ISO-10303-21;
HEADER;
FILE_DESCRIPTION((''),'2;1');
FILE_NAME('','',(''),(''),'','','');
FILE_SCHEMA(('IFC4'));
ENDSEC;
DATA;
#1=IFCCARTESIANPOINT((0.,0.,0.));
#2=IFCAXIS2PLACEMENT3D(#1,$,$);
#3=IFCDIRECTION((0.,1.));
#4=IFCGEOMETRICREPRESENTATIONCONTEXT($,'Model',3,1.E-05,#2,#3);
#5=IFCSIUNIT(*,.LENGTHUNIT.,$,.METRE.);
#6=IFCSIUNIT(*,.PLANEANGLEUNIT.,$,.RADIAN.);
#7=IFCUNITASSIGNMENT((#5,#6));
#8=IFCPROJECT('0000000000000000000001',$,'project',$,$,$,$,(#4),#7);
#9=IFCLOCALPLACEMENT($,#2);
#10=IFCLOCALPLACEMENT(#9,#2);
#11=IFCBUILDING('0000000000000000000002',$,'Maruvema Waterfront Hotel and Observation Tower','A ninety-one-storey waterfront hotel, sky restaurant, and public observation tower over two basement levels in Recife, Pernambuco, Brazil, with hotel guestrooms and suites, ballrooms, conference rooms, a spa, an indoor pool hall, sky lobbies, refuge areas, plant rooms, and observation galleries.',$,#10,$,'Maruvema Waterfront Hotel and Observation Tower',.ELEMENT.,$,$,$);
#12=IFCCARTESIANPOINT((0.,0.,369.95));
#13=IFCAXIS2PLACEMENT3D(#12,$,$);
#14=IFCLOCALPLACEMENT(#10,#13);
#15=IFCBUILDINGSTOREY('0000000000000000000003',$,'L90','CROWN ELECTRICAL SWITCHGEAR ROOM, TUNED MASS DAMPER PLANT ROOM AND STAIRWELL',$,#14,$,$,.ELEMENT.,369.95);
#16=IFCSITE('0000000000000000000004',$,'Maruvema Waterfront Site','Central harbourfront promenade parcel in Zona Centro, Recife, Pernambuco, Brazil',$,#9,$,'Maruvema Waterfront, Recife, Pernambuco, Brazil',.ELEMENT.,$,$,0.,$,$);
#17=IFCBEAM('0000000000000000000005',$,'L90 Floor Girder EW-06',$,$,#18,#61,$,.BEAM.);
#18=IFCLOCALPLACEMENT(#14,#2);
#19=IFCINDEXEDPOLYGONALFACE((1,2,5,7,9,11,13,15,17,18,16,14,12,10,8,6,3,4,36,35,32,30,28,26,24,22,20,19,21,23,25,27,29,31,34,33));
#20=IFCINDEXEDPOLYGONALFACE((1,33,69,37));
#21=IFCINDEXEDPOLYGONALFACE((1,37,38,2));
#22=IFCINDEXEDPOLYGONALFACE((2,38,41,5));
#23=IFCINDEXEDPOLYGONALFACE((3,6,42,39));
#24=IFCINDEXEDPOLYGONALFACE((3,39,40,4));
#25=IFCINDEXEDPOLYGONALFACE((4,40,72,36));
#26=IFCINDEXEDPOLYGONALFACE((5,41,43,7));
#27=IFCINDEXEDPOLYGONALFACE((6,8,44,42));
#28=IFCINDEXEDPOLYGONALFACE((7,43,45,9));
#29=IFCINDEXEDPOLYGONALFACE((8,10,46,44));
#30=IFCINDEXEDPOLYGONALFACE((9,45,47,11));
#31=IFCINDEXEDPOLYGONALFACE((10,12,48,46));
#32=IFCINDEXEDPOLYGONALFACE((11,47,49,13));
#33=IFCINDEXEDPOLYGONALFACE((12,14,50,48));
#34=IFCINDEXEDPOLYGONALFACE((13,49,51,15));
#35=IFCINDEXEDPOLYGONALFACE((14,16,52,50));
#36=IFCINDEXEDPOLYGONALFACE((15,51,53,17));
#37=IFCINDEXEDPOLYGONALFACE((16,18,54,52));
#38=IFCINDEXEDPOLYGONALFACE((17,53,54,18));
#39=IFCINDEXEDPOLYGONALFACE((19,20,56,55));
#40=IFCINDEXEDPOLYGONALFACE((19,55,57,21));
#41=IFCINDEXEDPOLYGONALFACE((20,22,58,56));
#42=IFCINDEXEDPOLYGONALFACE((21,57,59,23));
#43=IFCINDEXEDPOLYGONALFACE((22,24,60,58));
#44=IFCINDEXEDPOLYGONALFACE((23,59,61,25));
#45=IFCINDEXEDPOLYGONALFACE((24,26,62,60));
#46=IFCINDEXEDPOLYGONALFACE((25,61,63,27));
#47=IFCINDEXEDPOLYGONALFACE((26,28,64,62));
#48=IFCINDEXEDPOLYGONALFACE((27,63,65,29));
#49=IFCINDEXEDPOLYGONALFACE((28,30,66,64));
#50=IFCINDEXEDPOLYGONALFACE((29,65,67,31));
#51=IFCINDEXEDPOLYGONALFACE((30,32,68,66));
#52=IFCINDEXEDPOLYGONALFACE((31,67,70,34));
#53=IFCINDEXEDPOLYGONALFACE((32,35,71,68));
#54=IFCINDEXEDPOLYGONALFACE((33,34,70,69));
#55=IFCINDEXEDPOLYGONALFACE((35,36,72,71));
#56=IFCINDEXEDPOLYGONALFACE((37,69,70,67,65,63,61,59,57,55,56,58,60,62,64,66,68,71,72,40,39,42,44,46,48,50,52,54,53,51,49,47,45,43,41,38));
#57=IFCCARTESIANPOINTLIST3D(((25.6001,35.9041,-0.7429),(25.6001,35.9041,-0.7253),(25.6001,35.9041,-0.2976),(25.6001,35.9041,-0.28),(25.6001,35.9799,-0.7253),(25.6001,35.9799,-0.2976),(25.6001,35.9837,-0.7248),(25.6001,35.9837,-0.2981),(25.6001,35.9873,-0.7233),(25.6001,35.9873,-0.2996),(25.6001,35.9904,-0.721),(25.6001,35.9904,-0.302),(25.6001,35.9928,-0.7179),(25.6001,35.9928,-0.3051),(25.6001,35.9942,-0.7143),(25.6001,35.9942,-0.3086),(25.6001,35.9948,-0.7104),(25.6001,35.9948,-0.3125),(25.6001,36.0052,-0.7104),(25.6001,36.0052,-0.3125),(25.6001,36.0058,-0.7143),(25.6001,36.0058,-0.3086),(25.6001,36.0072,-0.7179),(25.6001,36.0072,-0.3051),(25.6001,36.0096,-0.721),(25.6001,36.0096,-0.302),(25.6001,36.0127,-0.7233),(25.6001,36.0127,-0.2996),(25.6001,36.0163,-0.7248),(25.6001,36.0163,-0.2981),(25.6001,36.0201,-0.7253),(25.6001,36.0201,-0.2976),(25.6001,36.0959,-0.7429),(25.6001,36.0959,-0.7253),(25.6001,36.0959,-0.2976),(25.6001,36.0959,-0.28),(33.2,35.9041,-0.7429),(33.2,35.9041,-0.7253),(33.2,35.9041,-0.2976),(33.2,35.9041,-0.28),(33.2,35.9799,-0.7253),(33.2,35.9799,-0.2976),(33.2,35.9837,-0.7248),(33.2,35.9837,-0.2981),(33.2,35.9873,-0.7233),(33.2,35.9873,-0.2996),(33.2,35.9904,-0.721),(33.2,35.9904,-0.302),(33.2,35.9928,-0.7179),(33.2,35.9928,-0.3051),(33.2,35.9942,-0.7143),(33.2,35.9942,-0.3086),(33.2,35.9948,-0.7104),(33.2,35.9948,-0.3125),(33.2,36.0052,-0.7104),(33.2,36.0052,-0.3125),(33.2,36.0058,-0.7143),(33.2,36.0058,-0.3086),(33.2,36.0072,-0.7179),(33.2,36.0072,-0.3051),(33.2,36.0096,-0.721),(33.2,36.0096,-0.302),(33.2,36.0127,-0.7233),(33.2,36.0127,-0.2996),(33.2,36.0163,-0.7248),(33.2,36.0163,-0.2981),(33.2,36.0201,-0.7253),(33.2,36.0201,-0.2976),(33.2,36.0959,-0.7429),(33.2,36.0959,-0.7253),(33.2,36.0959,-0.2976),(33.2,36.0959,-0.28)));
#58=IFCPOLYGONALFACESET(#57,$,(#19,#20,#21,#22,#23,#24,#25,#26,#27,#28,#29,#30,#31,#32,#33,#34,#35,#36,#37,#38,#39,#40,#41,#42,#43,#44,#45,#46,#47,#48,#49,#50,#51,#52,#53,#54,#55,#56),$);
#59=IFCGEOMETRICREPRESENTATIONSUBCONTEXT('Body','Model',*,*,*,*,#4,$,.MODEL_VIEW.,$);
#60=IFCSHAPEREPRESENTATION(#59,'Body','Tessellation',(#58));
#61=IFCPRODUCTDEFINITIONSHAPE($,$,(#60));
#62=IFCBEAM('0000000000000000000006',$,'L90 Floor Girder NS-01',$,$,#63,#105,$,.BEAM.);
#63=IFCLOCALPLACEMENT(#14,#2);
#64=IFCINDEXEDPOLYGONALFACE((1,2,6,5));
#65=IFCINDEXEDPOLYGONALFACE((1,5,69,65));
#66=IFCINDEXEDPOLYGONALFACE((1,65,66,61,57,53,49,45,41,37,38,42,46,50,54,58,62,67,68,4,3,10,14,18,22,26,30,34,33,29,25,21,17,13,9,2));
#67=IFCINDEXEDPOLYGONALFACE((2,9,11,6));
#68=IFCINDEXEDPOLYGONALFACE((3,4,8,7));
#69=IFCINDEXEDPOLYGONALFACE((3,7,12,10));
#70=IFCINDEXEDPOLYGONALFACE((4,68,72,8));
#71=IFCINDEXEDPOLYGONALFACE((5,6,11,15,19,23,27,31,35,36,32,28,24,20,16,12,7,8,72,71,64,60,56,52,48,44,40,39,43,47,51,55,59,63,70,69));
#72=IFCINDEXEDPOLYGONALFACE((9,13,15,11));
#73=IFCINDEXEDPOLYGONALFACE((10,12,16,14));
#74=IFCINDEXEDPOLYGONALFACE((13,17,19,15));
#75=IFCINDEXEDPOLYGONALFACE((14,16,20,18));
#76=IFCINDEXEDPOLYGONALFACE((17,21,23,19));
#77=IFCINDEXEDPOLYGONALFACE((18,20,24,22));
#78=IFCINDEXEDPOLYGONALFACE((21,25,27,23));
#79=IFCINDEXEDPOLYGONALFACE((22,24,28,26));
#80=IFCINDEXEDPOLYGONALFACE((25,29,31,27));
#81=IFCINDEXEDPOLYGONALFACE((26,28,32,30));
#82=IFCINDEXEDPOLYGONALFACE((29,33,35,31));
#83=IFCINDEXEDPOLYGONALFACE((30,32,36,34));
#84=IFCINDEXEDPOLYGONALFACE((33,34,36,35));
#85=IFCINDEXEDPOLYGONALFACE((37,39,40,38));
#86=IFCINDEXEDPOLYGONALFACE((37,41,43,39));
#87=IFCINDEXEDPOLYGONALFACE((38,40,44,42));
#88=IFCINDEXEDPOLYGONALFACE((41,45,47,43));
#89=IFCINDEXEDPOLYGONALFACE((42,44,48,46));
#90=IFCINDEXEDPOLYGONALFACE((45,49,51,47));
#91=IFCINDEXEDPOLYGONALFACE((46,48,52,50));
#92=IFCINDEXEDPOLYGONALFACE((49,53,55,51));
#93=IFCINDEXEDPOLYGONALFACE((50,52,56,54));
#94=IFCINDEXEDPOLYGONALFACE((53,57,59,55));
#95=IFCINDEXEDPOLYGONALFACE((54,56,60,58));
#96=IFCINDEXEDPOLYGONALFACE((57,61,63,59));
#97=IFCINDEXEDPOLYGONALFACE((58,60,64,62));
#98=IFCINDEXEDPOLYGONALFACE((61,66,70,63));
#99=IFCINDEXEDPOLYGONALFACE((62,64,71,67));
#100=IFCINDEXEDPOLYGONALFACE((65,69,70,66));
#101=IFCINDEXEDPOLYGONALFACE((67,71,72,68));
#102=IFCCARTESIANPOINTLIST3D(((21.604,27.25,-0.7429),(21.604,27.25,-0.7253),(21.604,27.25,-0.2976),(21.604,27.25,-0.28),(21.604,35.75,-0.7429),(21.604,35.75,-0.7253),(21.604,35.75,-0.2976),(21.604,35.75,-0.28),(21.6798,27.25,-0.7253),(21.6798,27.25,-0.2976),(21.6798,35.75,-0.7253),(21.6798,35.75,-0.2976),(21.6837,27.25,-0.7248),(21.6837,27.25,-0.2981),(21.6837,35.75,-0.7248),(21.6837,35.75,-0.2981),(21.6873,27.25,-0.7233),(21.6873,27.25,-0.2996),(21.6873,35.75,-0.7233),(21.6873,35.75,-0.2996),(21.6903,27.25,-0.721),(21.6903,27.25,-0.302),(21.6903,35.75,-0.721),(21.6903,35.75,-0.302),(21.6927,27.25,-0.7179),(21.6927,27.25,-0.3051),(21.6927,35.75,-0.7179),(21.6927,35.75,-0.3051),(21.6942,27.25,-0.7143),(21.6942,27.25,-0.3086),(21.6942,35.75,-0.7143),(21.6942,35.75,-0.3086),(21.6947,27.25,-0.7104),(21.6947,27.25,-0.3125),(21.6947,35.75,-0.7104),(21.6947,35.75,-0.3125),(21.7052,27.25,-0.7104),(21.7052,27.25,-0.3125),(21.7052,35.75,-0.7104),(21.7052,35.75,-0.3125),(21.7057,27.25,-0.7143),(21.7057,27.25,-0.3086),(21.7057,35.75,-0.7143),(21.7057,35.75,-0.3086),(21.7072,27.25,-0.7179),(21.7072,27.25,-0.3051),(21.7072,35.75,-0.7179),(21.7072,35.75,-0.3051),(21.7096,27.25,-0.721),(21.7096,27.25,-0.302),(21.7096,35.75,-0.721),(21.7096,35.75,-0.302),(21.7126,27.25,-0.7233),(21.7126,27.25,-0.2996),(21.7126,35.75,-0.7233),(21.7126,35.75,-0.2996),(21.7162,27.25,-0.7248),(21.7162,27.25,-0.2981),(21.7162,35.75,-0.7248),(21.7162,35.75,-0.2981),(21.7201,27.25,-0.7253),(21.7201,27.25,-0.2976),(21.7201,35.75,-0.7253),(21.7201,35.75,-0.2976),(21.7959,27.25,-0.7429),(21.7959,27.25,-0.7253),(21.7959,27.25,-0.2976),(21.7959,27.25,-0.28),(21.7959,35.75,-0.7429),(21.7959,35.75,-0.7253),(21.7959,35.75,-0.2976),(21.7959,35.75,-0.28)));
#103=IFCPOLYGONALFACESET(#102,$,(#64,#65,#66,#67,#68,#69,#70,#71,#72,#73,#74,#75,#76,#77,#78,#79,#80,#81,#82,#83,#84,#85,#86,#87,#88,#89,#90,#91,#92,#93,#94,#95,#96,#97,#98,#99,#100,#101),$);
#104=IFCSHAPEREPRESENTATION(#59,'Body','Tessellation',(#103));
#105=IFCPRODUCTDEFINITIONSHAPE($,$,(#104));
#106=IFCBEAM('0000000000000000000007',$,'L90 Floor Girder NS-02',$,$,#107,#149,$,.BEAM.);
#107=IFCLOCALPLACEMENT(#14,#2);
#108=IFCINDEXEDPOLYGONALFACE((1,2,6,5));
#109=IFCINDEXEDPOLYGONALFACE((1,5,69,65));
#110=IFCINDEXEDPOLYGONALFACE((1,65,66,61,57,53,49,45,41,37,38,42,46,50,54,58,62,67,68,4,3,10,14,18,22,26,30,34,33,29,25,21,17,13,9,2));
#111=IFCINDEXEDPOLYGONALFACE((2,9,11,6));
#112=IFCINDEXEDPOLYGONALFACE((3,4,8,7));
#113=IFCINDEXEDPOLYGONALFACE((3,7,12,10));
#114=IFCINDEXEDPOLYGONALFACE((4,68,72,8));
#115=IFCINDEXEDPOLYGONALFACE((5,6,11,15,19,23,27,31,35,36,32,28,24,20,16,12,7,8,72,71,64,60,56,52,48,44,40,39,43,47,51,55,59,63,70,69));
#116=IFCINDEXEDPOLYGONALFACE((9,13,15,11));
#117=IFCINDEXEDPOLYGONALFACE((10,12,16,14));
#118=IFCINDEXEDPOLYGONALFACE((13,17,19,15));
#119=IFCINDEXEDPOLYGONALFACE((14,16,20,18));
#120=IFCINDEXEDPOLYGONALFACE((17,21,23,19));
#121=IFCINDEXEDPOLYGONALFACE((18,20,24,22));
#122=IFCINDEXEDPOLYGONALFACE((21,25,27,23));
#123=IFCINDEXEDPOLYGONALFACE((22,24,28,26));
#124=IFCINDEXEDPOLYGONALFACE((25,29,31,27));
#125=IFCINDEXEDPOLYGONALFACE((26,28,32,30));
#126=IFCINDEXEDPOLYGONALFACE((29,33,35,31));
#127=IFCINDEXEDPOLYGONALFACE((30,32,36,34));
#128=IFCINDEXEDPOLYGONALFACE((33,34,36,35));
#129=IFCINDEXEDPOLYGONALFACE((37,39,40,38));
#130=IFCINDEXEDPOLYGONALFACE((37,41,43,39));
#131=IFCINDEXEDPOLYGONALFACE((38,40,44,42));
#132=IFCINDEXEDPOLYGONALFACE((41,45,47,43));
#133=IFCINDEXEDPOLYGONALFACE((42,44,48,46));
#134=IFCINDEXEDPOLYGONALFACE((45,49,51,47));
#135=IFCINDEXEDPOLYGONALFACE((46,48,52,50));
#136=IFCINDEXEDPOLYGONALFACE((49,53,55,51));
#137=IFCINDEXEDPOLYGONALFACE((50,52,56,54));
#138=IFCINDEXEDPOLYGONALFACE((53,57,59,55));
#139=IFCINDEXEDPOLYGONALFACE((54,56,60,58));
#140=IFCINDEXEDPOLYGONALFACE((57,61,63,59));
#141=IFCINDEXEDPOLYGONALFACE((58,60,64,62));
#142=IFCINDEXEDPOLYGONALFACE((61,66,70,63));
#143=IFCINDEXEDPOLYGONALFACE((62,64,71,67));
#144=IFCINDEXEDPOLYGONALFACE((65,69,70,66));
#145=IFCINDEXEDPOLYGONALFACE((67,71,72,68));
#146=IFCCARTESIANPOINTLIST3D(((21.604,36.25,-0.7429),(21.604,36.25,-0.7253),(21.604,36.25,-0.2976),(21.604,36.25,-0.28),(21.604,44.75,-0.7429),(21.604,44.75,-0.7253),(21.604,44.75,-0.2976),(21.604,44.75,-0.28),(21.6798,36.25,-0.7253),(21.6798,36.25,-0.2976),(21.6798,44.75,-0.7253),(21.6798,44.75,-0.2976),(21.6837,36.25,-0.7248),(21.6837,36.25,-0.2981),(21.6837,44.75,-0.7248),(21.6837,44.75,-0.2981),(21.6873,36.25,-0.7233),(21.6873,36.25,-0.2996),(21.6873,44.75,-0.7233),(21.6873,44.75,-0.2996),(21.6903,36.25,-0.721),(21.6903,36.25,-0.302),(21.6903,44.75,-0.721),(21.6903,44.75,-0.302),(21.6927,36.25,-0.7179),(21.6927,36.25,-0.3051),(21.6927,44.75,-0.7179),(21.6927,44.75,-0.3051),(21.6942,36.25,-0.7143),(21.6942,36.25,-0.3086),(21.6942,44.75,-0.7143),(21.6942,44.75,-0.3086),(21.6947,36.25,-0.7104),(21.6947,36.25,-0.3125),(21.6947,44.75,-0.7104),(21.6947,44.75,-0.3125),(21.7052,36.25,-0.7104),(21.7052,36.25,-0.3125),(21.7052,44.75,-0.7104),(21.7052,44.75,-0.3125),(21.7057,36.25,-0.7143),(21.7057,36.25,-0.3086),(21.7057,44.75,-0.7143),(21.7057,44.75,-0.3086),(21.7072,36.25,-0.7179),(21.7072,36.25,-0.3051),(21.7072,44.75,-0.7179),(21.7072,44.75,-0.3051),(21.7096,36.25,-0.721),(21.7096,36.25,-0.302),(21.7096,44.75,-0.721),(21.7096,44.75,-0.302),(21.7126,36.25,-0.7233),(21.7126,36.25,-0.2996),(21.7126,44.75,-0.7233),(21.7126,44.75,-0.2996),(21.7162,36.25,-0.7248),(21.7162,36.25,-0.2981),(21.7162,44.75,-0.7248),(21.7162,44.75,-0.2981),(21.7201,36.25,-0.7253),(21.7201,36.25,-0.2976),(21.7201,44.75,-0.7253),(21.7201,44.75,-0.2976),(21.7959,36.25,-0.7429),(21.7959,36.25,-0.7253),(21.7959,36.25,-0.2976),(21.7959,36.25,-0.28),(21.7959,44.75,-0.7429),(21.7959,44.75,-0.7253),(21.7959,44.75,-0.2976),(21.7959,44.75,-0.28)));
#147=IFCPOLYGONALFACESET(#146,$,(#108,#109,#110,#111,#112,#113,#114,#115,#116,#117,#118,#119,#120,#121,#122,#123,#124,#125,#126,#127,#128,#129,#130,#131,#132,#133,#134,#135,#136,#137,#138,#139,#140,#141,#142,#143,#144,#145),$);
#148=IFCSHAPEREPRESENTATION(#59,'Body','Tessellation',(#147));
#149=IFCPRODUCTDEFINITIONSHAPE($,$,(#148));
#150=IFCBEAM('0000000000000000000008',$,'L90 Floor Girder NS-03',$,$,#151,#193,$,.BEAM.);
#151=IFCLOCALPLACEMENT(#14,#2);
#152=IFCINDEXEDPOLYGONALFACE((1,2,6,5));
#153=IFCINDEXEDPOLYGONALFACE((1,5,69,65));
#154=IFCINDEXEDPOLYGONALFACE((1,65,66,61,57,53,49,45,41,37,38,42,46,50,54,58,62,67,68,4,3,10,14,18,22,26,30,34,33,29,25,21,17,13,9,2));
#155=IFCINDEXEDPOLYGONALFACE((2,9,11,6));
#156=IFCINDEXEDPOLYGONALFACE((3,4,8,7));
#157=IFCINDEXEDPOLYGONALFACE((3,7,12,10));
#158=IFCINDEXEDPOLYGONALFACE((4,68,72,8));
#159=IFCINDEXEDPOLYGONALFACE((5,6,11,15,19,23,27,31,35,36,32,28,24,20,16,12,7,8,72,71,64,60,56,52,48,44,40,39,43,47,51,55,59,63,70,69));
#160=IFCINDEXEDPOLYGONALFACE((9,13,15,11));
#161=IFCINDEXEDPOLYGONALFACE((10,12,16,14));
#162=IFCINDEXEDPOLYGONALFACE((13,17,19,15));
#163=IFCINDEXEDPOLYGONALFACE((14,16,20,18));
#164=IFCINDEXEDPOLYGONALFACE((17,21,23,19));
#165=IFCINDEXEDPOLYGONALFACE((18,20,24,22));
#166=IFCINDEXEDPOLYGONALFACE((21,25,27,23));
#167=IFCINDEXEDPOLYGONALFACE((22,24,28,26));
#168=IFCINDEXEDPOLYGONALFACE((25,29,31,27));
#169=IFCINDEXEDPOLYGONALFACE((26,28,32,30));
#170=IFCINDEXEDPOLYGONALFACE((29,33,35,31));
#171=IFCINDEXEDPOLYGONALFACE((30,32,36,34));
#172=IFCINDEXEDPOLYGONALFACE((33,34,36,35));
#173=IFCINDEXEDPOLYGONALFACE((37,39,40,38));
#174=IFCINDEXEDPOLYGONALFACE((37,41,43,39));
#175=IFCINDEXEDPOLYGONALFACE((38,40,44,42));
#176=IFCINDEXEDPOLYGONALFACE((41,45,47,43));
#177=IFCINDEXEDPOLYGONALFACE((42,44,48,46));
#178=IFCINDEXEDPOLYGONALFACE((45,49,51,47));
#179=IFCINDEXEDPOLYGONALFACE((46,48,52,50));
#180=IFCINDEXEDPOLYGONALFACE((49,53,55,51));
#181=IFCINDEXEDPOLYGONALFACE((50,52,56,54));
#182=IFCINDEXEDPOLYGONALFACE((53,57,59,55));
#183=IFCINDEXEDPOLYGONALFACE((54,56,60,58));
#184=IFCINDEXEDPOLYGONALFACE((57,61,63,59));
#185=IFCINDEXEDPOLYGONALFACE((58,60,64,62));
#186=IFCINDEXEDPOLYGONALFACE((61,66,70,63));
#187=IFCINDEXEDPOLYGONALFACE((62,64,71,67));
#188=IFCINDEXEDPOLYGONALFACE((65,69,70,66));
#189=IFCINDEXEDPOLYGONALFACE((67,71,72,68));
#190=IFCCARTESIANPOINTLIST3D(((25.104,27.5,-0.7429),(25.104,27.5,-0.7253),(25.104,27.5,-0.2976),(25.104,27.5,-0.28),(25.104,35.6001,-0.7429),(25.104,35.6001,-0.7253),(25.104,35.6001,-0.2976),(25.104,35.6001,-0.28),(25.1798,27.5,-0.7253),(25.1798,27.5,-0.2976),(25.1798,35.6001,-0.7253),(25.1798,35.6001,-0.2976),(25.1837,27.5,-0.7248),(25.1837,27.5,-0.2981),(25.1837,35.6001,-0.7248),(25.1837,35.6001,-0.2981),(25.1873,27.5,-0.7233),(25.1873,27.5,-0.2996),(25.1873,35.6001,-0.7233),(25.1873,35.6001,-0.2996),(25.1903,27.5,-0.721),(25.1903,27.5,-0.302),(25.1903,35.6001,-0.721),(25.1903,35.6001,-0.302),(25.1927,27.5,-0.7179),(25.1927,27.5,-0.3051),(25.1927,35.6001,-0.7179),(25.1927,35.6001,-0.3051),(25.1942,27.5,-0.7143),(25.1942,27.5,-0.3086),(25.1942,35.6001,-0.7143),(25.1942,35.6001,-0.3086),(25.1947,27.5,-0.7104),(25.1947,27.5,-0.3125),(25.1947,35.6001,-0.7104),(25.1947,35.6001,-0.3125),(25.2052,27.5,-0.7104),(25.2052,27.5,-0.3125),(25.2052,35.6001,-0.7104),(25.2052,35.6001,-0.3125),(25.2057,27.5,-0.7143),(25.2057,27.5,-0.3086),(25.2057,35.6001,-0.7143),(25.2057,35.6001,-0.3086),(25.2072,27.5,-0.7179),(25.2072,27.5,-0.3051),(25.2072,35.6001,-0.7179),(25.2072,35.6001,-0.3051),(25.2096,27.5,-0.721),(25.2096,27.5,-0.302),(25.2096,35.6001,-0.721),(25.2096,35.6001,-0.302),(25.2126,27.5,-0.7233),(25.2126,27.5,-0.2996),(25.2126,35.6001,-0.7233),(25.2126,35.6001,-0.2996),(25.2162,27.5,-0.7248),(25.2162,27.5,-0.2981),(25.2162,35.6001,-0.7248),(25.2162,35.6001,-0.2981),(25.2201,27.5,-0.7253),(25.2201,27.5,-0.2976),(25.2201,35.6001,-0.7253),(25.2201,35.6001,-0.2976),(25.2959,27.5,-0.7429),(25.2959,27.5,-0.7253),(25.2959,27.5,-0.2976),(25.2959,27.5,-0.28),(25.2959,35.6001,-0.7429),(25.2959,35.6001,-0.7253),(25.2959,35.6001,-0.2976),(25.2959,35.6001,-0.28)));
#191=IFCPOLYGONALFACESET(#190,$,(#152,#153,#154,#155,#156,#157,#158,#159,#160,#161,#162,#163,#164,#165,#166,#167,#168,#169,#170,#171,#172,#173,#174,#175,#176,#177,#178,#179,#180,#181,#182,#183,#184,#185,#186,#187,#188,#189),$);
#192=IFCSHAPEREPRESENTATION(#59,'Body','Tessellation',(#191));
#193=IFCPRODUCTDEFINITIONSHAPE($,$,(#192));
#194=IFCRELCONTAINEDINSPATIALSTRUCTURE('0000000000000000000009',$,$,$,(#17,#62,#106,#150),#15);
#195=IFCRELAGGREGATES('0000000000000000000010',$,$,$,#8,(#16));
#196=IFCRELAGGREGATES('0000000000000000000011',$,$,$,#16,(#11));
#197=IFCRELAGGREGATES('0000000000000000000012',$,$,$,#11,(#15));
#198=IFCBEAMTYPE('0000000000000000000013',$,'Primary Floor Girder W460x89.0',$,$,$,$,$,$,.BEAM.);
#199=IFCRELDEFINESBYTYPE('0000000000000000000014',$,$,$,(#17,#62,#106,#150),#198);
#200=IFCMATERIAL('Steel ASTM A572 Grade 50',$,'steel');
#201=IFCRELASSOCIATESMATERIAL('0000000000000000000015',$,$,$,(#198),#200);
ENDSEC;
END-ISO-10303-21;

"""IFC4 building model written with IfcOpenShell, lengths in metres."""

from ifc_helpers import new_model, si_unit, direction, frame, origin, origin_2d, place, context, subcontext, project, spatial, i_section, extrude, material, material_profile, profile_set, type_object, element, save


model = new_model("IFC4")

# Units and contexts
model_context = context("Model", 3, precision=1e-05, world=origin(), true_north=direction((0.0, 1.0)))
body_context = subcontext(model_context, "Body", "Model", "MODEL_VIEW")
ifc_project = project(units=[si_unit("LENGTHUNIT", "METRE"), si_unit("PLANEANGLEUNIT", "RADIAN")], contexts=[model_context])

# Site, building, storey
site_placement = place(None, origin())
site = spatial("IfcSite", under=ifc_project, at=site_placement, Name="Maruvema Waterfront Site", Description="Central harbourfront promenade parcel in Zona Centro, Recife, Pernambuco, Brazil", LongName="Maruvema Waterfront, Recife, Pernambuco, Brazil", CompositionType="ELEMENT", RefElevation=0.0)
building_placement = place(site_placement, origin())
building = spatial("IfcBuilding", under=site, at=building_placement, Name="Maruvema Waterfront Hotel and Observation Tower", Description="A ninety-one-storey waterfront hotel, sky restaurant, and public observation tower over two basement levels in Recife, Pernambuco, Brazil, with hotel guestrooms and suites, ballrooms, conference rooms, a spa, an indoor pool hall, sky lobbies, refuge areas, plant rooms, and observation galleries.", LongName="Maruvema Waterfront Hotel and Observation Tower", CompositionType="ELEMENT")
storey_placement = place(building_placement, frame((0.0, 0.0, 369.95)))
storey = spatial("IfcBuildingStorey", under=building, at=storey_placement, Name="L90", Description="CROWN ELECTRICAL SWITCHGEAR ROOM, TUNED MASS DAMPER PLANT ROOM AND STAIRWELL", CompositionType="ELEMENT", Elevation=369.95)

# Beams
ifc_material_1 = material(Name="Steel ASTM A572 Grade 50", Category="steel")
ifc_material_profile_1 = material_profile(ifc_material_1, i_section(OverallWidth=0.1919, OverallDepth=0.4629, WebThickness=0.0105, FlangeThickness=0.0176, FilletRadius=0.0149, at=origin_2d()), Name="W460x89.0")
ifc_profile_set_1 = profile_set([ifc_material_profile_1], Name="Steel ASTM A572 Grade 50")
beam_type_1 = type_object("IfcBeamType", Name="Primary Floor Girder W460x89.0", PredefinedType="BEAM", material=ifc_profile_set_1)
beam_1_placement = place(storey_placement, frame((25.6001, 36.0, -0.5115), z_axis=(1.0, 0.0, 0.0), x_axis=(0.0, 1.0, 0.0)))
element("IfcBeam", 1, at=beam_1_placement, inside=storey, type_object=beam_type_1, Name="L90 Floor Girder EW-06", PredefinedType="BEAM", context=body_context, shape_type="SweptSolid", body=[
    extrude(i_section(OverallWidth=0.1919, OverallDepth=0.4629, WebThickness=0.0105, FlangeThickness=0.0176, FilletRadius=0.0149, at=origin_2d()), origin(), (0.0, 0.0, 1.0), 7.5999),
])
for number, where, z_axis, x_axis, name in (
    (2, (21.7, 27.25, -0.5115), (0.0, 1.0, 0.0), (-1.0, 0.0, 0.0), "L90 Floor Girder NS-01"),
    (3, (21.7, 36.25, -0.5115), (0.0, 1.0, 0.0), (-1.0, 0.0, 0.0), "L90 Floor Girder NS-02"),
):
    element("IfcBeam", number, at=place(storey_placement, frame(where, z_axis=z_axis, x_axis=x_axis)), inside=storey, type_object=beam_type_1, Name=name, PredefinedType="BEAM", context=body_context, shape_type="SweptSolid", body=[
        extrude(i_section(OverallWidth=0.1919, OverallDepth=0.4629, WebThickness=0.0105, FlangeThickness=0.0176, FilletRadius=0.0149, at=origin_2d()), origin(), (0.0, 0.0, 1.0), 8.5),
    ])
for number, where, z_axis, x_axis, name in (
    (4, (25.2, 27.5, -0.5115), (0.0, 1.0, 0.0), (-1.0, 0.0, 0.0), "L90 Floor Girder NS-03"),
):
    element("IfcBeam", number, at=place(storey_placement, frame(where, z_axis=z_axis, x_axis=x_axis)), inside=storey, type_object=beam_type_1, Name=name, PredefinedType="BEAM", context=body_context, shape_type="SweptSolid", body=[
        extrude(i_section(OverallWidth=0.1919, OverallDepth=0.4629, WebThickness=0.0105, FlangeThickness=0.0176, FilletRadius=0.0149, at=origin_2d()), origin(), (0.0, 0.0, 1.0), 8.1001),
    ])

save(model, "model.ifc")
